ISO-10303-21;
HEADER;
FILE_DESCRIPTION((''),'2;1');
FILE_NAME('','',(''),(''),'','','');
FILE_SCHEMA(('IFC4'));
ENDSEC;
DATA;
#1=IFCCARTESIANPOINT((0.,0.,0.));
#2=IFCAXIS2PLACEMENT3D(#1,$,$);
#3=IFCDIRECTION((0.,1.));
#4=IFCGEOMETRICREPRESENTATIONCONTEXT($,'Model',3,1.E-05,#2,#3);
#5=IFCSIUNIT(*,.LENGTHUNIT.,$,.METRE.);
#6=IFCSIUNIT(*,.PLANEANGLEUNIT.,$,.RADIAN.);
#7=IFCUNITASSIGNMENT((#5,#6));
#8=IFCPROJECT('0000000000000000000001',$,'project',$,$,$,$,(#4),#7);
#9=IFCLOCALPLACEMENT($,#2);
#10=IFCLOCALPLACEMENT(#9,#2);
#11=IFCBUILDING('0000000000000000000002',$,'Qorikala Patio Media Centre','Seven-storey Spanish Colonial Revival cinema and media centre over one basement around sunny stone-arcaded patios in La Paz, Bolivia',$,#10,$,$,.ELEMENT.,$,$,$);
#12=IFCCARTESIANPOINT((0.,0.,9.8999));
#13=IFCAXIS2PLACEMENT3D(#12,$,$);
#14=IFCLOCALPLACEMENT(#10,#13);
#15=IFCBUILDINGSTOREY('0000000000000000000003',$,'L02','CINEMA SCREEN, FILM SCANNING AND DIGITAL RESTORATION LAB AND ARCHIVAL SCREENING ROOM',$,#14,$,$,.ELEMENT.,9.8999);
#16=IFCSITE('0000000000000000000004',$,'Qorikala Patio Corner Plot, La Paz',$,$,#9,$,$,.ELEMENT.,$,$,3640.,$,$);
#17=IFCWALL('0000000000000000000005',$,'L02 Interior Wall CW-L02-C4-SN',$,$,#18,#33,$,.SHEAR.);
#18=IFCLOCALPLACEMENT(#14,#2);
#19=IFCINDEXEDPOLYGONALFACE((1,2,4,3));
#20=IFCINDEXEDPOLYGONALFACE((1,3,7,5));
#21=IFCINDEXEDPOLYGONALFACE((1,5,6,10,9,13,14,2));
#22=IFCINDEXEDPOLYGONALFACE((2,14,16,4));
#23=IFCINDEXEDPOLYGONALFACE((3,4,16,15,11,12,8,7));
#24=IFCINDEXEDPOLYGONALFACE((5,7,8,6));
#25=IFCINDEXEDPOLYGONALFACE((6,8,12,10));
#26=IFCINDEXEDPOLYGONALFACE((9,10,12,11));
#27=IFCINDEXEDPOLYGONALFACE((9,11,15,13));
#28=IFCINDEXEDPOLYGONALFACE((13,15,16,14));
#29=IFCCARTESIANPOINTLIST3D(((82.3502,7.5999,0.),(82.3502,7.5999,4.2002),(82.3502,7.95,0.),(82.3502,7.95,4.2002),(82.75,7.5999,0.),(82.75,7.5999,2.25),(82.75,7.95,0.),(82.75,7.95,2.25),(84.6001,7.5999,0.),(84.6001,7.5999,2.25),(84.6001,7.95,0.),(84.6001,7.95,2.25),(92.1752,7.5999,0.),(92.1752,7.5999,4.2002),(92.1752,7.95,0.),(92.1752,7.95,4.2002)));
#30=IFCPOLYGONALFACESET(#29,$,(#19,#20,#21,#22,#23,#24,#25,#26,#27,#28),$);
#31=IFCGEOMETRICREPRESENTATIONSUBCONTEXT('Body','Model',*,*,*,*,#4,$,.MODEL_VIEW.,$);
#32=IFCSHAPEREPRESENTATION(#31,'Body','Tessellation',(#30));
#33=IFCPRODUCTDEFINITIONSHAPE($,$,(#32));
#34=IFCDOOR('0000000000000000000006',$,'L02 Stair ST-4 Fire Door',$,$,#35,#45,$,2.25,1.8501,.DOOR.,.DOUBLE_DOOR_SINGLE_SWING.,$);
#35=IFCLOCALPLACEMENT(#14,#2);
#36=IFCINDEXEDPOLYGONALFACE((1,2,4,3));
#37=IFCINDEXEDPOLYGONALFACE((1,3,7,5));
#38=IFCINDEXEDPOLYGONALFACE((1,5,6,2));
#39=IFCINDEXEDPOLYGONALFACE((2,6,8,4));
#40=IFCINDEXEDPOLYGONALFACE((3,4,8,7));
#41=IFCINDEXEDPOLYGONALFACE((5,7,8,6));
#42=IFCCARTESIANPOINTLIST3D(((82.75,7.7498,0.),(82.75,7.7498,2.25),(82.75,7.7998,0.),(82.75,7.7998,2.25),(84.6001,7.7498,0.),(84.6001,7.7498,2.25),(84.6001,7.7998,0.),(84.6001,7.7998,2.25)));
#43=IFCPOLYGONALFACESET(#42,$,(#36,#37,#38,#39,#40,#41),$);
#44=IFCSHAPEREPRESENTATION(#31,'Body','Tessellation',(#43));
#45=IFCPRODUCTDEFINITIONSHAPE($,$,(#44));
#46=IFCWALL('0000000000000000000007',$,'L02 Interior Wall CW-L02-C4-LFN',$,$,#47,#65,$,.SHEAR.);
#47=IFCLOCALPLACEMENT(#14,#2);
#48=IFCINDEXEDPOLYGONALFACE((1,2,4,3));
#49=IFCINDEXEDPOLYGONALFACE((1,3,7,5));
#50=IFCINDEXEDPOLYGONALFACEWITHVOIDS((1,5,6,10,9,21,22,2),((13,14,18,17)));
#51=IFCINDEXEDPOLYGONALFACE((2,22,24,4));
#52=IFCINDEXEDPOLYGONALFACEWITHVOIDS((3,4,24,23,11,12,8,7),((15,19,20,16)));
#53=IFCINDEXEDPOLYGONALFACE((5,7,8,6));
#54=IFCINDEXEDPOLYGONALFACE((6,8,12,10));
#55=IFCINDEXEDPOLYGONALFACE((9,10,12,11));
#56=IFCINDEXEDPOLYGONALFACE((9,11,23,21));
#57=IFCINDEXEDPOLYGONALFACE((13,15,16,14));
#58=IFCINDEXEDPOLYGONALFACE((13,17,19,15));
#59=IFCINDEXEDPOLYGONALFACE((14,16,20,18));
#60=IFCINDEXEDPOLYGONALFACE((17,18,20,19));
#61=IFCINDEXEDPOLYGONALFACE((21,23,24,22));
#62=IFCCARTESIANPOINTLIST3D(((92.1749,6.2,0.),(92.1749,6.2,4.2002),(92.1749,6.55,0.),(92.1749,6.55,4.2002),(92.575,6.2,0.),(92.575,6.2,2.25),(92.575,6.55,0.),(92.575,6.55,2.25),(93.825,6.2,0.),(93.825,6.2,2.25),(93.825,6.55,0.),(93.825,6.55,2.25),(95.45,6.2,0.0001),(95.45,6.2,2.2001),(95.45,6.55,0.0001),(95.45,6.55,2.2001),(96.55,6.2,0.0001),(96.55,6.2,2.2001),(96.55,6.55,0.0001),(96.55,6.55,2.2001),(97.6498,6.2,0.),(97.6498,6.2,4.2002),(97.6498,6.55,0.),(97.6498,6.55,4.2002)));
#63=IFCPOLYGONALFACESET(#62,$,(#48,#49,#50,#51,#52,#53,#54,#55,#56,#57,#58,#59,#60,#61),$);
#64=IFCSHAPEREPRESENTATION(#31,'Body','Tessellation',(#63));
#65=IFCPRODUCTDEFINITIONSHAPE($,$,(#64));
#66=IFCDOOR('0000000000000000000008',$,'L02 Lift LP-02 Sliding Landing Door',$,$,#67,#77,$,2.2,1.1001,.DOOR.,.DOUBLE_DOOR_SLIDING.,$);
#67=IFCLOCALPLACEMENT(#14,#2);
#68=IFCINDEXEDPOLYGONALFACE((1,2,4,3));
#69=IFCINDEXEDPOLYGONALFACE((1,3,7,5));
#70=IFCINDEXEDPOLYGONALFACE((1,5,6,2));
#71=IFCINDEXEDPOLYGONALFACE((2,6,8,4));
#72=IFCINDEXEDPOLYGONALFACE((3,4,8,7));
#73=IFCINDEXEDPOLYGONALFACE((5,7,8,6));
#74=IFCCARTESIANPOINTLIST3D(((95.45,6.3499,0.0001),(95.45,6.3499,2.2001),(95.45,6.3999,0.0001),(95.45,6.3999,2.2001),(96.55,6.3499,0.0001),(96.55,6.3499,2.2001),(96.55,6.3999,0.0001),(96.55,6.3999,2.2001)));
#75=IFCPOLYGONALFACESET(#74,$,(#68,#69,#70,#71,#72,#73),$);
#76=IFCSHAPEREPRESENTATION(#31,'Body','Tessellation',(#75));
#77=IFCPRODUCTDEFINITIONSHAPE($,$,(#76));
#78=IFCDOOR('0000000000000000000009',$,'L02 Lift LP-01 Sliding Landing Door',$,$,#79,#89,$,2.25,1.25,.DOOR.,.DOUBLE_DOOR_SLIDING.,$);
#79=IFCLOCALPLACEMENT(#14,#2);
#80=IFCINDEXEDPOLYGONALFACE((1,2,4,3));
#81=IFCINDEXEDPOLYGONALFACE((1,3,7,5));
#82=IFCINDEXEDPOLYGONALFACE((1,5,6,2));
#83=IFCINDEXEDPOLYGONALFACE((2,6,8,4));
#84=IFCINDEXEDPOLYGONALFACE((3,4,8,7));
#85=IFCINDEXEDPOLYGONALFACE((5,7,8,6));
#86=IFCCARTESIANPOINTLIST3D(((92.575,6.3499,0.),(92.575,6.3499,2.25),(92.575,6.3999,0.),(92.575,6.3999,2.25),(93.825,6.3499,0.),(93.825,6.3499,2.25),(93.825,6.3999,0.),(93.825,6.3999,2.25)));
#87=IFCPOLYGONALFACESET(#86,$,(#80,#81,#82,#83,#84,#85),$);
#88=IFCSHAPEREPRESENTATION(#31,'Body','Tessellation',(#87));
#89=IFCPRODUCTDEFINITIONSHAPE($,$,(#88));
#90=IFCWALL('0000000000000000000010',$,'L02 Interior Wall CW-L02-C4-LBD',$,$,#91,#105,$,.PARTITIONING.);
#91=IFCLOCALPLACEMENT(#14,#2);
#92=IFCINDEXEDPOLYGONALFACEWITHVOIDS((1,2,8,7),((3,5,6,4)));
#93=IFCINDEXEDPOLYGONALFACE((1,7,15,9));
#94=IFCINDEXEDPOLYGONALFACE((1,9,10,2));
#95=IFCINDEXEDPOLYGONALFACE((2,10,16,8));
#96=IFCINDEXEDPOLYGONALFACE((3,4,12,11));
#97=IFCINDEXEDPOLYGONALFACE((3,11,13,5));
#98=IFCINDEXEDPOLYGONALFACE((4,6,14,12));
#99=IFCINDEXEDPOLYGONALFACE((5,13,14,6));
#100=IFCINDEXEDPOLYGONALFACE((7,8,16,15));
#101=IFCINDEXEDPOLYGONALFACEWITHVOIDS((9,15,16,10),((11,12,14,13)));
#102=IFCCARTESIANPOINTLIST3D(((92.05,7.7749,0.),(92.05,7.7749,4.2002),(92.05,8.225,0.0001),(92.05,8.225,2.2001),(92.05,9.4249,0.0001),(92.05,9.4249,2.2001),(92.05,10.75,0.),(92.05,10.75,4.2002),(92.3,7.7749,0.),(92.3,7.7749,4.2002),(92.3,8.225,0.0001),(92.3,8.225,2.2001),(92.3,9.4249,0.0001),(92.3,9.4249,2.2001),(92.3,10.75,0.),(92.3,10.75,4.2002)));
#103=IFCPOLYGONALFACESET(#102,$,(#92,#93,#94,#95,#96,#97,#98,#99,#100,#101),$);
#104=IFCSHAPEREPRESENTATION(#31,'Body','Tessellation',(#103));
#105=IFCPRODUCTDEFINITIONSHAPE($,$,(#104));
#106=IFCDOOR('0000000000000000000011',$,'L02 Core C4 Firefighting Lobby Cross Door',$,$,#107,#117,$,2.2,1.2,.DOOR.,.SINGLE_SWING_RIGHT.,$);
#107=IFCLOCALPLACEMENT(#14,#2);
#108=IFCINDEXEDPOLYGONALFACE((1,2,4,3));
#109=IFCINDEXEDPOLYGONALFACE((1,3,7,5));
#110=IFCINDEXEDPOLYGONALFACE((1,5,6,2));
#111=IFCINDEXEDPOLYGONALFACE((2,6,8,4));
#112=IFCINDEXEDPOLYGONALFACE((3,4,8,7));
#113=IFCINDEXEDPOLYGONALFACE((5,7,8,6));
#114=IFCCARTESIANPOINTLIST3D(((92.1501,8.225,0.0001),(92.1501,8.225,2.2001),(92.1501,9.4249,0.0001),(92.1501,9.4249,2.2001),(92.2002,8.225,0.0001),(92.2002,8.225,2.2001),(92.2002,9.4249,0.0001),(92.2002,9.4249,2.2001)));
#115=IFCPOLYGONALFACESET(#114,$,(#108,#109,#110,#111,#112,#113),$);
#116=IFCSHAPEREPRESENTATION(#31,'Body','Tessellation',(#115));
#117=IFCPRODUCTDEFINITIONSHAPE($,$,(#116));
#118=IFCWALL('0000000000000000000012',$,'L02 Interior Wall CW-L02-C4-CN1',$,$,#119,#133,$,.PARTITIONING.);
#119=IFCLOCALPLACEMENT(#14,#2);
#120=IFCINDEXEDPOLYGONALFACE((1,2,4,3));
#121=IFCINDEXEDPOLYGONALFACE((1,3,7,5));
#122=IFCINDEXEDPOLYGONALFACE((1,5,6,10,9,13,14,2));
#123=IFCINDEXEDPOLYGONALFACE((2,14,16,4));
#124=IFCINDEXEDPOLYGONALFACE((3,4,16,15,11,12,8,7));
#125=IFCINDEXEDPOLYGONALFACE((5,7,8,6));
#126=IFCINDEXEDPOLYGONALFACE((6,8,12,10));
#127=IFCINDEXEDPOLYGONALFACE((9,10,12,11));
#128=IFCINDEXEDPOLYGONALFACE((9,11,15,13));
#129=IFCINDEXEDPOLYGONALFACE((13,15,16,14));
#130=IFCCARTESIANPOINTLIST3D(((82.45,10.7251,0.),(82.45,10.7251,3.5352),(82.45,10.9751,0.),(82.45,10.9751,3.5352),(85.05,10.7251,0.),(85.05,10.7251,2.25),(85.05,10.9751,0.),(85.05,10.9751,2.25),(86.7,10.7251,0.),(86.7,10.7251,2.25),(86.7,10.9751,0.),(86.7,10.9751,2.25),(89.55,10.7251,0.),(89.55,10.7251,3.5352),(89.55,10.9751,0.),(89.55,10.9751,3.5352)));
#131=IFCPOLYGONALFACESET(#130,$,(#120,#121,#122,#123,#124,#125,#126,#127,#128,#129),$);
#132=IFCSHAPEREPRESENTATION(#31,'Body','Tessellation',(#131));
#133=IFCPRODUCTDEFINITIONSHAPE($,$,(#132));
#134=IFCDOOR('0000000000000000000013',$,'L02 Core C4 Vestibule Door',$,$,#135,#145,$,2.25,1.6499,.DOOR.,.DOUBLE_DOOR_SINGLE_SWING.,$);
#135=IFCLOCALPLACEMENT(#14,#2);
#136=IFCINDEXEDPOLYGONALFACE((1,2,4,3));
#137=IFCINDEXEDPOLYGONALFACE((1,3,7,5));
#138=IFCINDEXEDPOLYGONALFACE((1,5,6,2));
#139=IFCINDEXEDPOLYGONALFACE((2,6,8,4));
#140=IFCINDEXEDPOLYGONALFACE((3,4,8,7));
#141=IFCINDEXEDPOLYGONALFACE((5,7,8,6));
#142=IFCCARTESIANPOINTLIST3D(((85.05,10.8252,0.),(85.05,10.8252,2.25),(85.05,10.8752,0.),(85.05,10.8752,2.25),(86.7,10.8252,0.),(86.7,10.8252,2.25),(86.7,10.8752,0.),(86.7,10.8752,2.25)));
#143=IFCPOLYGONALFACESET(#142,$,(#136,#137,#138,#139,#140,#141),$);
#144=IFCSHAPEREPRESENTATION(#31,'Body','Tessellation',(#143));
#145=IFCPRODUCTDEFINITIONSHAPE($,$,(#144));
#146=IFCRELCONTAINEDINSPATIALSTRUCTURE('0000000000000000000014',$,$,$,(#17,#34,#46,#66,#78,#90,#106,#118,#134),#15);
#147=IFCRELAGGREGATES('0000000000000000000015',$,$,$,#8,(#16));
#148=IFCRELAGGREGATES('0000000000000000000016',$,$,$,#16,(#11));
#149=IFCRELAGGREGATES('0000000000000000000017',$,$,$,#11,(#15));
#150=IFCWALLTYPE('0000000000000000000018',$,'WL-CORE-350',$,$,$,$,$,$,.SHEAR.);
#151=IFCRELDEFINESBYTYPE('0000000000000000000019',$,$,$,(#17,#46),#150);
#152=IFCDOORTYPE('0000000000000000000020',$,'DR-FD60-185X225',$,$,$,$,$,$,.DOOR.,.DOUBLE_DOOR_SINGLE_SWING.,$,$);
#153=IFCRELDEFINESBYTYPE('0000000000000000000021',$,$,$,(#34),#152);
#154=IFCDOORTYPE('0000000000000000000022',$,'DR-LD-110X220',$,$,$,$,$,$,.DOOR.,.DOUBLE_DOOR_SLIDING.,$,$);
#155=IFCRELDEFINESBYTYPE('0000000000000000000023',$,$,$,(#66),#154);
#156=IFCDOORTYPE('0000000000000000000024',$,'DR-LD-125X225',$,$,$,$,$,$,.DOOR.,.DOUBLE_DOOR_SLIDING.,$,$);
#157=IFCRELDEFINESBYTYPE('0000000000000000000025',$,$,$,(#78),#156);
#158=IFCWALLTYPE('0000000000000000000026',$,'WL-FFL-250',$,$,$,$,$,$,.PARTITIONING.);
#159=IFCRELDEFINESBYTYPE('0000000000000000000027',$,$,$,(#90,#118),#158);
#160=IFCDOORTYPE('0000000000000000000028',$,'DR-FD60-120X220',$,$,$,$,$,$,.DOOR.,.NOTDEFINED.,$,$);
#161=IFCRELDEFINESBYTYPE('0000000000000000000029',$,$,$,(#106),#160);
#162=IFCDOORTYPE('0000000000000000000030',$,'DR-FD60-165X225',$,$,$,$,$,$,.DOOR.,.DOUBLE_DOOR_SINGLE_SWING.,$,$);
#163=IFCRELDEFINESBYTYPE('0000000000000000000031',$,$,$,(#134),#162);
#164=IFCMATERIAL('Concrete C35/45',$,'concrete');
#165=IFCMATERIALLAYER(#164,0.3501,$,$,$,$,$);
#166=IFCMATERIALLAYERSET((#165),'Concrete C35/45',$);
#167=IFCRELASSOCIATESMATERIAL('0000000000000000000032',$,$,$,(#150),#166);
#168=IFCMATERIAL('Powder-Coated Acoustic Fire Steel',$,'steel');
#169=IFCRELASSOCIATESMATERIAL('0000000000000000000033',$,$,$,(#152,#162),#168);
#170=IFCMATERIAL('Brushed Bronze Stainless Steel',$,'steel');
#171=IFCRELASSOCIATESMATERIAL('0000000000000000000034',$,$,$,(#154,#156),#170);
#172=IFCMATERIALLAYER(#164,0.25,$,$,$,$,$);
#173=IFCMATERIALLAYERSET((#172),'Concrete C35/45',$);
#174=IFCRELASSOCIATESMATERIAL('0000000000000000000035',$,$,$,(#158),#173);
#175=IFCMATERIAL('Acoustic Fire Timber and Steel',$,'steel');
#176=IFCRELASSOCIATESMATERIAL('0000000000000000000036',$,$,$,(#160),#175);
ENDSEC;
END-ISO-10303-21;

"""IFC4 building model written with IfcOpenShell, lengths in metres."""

from ifc_helpers import new_model, si_unit, direction, frame, frame_2d, origin, place, context, subcontext, project, spatial, rectangle, extrude, material, layer, layer_set, type_object, element, fill, save


model = new_model("IFC4")

# Units and contexts
model_context = context("Model", 3, precision=1e-05, world=origin(), true_north=direction((0.0, 1.0)))
body_context = subcontext(model_context, "Body", "Model", "MODEL_VIEW")
ifc_project = project(units=[si_unit("LENGTHUNIT", "METRE"), si_unit("PLANEANGLEUNIT", "RADIAN")], contexts=[model_context])

# Site, building, storey
site_placement = place(None, origin())
site = spatial("IfcSite", under=ifc_project, at=site_placement, Name="Qorikala Patio Corner Plot, La Paz", CompositionType="ELEMENT", RefElevation=3640.0)
building_placement = place(site_placement, origin())
building = spatial("IfcBuilding", under=site, at=building_placement, Name="Qorikala Patio Media Centre", Description="Seven-storey Spanish Colonial Revival cinema and media centre over one basement around sunny stone-arcaded patios in La Paz, Bolivia", CompositionType="ELEMENT")
storey_placement = place(building_placement, frame((0.0, 0.0, 9.8999)))
storey = spatial("IfcBuildingStorey", under=building, at=storey_placement, Name="L02", Description="CINEMA SCREEN, FILM SCANNING AND DIGITAL RESTORATION LAB AND ARCHIVAL SCREENING ROOM", CompositionType="ELEMENT", Elevation=9.8999)

# Shared definitions
ifc_material_1 = material(Name="Concrete C35/45", Category="concrete")

# Shared definitions
ifc_layer_1 = layer(ifc_material_1, 0.3501)
ifc_layer_set_1 = layer_set([ifc_layer_1], Name="Concrete C35/45")
wall_type_1 = type_object("IfcWallType", Name="WL-CORE-350", PredefinedType="SHEAR", material=ifc_layer_set_1)

# Wall, opening, door
wall_1_placement = place(storey_placement, frame((82.3501, 7.7749, 0.0), z_axis=(0.0, 0.0, 1.0), x_axis=(1.0, 0.0, 0.0)))
wall_1 = element("IfcWall", 1, at=wall_1_placement, inside=storey, type_object=wall_type_1, Name="L02 Interior Wall CW-L02-C4-SN", PredefinedType="SHEAR", context=body_context, shape_type="SweptSolid", body=[
    extrude(rectangle(XDim=9.825, YDim=0.3501, at=frame_2d((4.9126, 0.0))), origin(), (0.0, 0.0, 1.0), 4.2002),
])
opening_1_placement = place(wall_1_placement, frame((0.3999, 0.0, 0.0)))
opening_1 = element("IfcOpeningElement", 2, at=opening_1_placement, cuts=wall_1, PredefinedType="OPENING", context=body_context, shape_type="SweptSolid", body=[
    extrude(rectangle(XDim=1.8501, YDim=2.25, at=frame_2d((0.925, 1.125))), frame((0.0, 0.1851, 0.0), z_axis=(0.0, -1.0, 0.0), x_axis=(1.0, 0.0, 0.0)), (0.0, 0.0, 1.0), 0.3701),
])
ifc_material_2 = material(Name="Powder-Coated Acoustic Fire Steel", Category="steel")
door_type_1 = type_object("IfcDoorType", Name="DR-FD60-185X225", OperationType="DOUBLE_DOOR_SINGLE_SWING", PredefinedType="DOOR", material=ifc_material_2)
door_1_placement = place(opening_1_placement, origin())
door_1 = element("IfcDoor", 3, at=door_1_placement, inside=storey, type_object=door_type_1, Name="L02 Stair ST-4 Fire Door", OperationType="DOUBLE_DOOR_SINGLE_SWING", OverallHeight=2.25, OverallWidth=1.8501, PredefinedType="DOOR", context=body_context, shape_type="SweptSolid", body=[
    extrude(rectangle(XDim=1.8501, YDim=2.25, at=frame_2d((0.925, 1.125))), frame((0.0, 0.0249, 0.0), z_axis=(0.0, -1.0, 0.0), x_axis=(1.0, 0.0, 0.0)), (0.0, 0.0, 1.0), 0.05),
])
fill(opening_1, door_1)

# Wall, openings, doors
wall_2_placement = place(storey_placement, frame((92.175, 6.375, 0.0), z_axis=(0.0, 0.0, 1.0), x_axis=(1.0, 0.0, 0.0)))
wall_2 = element("IfcWall", 4, at=wall_2_placement, inside=storey, type_object=wall_type_1, Name="L02 Interior Wall CW-L02-C4-LFN", PredefinedType="SHEAR", context=body_context, shape_type="SweptSolid", body=[
    extrude(rectangle(XDim=5.4749, YDim=0.3501, at=frame_2d((2.7373, 0.0))), origin(), (0.0, 0.0, 1.0), 4.2002),
])
opening_2_placement = place(wall_2_placement, frame((0.3999, 0.0, 0.0)))
opening_2 = element("IfcOpeningElement", 5, at=opening_2_placement, cuts=wall_2, PredefinedType="OPENING", context=body_context, shape_type="SweptSolid", body=[
    extrude(rectangle(XDim=1.25, YDim=2.25, at=frame_2d((0.625, 1.125))), frame((0.0, 0.1851, 0.0), z_axis=(0.0, -1.0, 0.0), x_axis=(1.0, 0.0, 0.0)), (0.0, 0.0, 1.0), 0.3701),
])
opening_3_placement = place(wall_2_placement, frame((3.2749, 0.0, 0.0)))
opening_3 = element("IfcOpeningElement", 6, at=opening_3_placement, cuts=wall_2, PredefinedType="OPENING", context=body_context, shape_type="SweptSolid", body=[
    extrude(rectangle(XDim=1.1001, YDim=2.2, at=frame_2d((0.55, 1.1001))), frame((0.0, 0.1851, 0.0), z_axis=(0.0, -1.0, 0.0), x_axis=(1.0, 0.0, 0.0)), (0.0, 0.0, 1.0), 0.3701),
])
ifc_material_3 = material(Name="Brushed Bronze Stainless Steel", Category="steel")
door_type_2 = type_object("IfcDoorType", Name="DR-LD-110X220", OperationType="DOUBLE_DOOR_SLIDING", PredefinedType="DOOR", material=ifc_material_3)
door_2_placement = place(opening_3_placement, origin())
door_2 = element("IfcDoor", 7, at=door_2_placement, inside=storey, type_object=door_type_2, Name="L02 Lift LP-02 Sliding Landing Door", OperationType="DOUBLE_DOOR_SLIDING", OverallHeight=2.2, OverallWidth=1.1001, PredefinedType="DOOR", context=body_context, shape_type="SweptSolid", body=[
    extrude(rectangle(XDim=1.1001, YDim=2.2, at=frame_2d((0.55, 1.1001))), frame((0.0, 0.0249, 0.0), z_axis=(0.0, -1.0, 0.0), x_axis=(1.0, 0.0, 0.0)), (0.0, 0.0, 1.0), 0.05),
])
fill(opening_3, door_2)
door_type_3 = type_object("IfcDoorType", Name="DR-LD-125X225", OperationType="DOUBLE_DOOR_SLIDING", PredefinedType="DOOR", material=ifc_material_3)
door_3_placement = place(opening_2_placement, origin())
door_3 = element("IfcDoor", 8, at=door_3_placement, inside=storey, type_object=door_type_3, Name="L02 Lift LP-01 Sliding Landing Door", OperationType="DOUBLE_DOOR_SLIDING", OverallHeight=2.25, OverallWidth=1.25, PredefinedType="DOOR", context=body_context, shape_type="SweptSolid", body=[
    extrude(rectangle(XDim=1.25, YDim=2.25, at=frame_2d((0.625, 1.125))), frame((0.0, 0.0249, 0.0), z_axis=(0.0, -1.0, 0.0), x_axis=(1.0, 0.0, 0.0)), (0.0, 0.0, 1.0), 0.05),
])
fill(opening_2, door_3)

# Walls, openings, doors
ifc_layer_2 = layer(ifc_material_1, 0.25)
ifc_layer_set_2 = layer_set([ifc_layer_2], Name="Concrete C35/45")
wall_type_2 = type_object("IfcWallType", Name="WL-FFL-250", PredefinedType="PARTITIONING", material=ifc_layer_set_2)
wall_3_placement = place(storey_placement, frame((92.175, 7.7749, 0.0), z_axis=(0.0, 0.0, 1.0), x_axis=(0.0, 1.0, 0.0)))
wall_3 = element("IfcWall", 9, at=wall_3_placement, inside=storey, type_object=wall_type_2, Name="L02 Interior Wall CW-L02-C4-LBD", PredefinedType="PARTITIONING", context=body_context, shape_type="SweptSolid", body=[
    extrude(rectangle(XDim=2.9751, YDim=0.25, at=frame_2d((1.4875, 0.0))), origin(), (0.0, 0.0, 1.0), 4.2002),
])
opening_4_placement = place(wall_3_placement, frame((0.45, 0.0, 0.0)))
opening_4 = element("IfcOpeningElement", 10, at=opening_4_placement, cuts=wall_3, PredefinedType="OPENING", context=body_context, shape_type="SweptSolid", body=[
    extrude(rectangle(XDim=1.2, YDim=2.2, at=frame_2d((0.6001, 1.1001))), frame((0.0, 0.135, 0.0), z_axis=(0.0, -1.0, 0.0), x_axis=(1.0, 0.0, 0.0)), (0.0, 0.0, 1.0), 0.27),
])
ifc_material_4 = material(Name="Acoustic Fire Timber and Steel", Category="steel")
door_type_4 = type_object("IfcDoorType", Name="DR-FD60-120X220", OperationType="NOTDEFINED", PredefinedType="DOOR", material=ifc_material_4)
door_4_placement = place(opening_4_placement, origin())
door_4 = element("IfcDoor", 11, at=door_4_placement, inside=storey, type_object=door_type_4, Name="L02 Core C4 Firefighting Lobby Cross Door", OperationType="SINGLE_SWING_RIGHT", OverallHeight=2.2, OverallWidth=1.2, PredefinedType="DOOR", context=body_context, shape_type="SweptSolid", body=[
    extrude(rectangle(XDim=1.2, YDim=2.2, at=frame_2d((0.6001, 1.1001))), frame((0.0, 0.0249, 0.0), z_axis=(0.0, -1.0, 0.0), x_axis=(1.0, 0.0, 0.0)), (0.0, 0.0, 1.0), 0.05),
])
fill(opening_4, door_4)
wall_4_placement = place(storey_placement, frame((82.45, 10.8501, 0.0), z_axis=(0.0, 0.0, 1.0), x_axis=(1.0, 0.0, 0.0)))
wall_4 = element("IfcWall", 12, at=wall_4_placement, inside=storey, type_object=wall_type_2, Name="L02 Interior Wall CW-L02-C4-CN1", PredefinedType="PARTITIONING", context=body_context, shape_type="SweptSolid", body=[
    extrude(rectangle(XDim=7.1001, YDim=0.25, at=frame_2d((3.55, 0.0))), origin(), (0.0, 0.0, 1.0), 3.5352),
])
opening_5_placement = place(wall_4_placement, frame((2.6001, 0.0, 0.0)))
opening_5 = element("IfcOpeningElement", 13, at=opening_5_placement, cuts=wall_4, PredefinedType="OPENING", context=body_context, shape_type="SweptSolid", body=[
    extrude(rectangle(XDim=1.6499, YDim=2.25, at=frame_2d((0.825, 1.125))), frame((0.0, 0.135, 0.0), z_axis=(0.0, -1.0, 0.0), x_axis=(1.0, 0.0, 0.0)), (0.0, 0.0, 1.0), 0.27),
])
door_type_5 = type_object("IfcDoorType", Name="DR-FD60-165X225", OperationType="DOUBLE_DOOR_SINGLE_SWING", PredefinedType="DOOR", material=ifc_material_2)
door_5_placement = place(opening_5_placement, frame((1.6499, 0.0, 0.0), z_axis=(0.0, 0.0, 1.0), x_axis=(-1.0, 0.0, 0.0)))
door_5 = element("IfcDoor", 14, at=door_5_placement, inside=storey, type_object=door_type_5, Name="L02 Core C4 Vestibule Door", OperationType="DOUBLE_DOOR_SINGLE_SWING", OverallHeight=2.25, OverallWidth=1.6499, PredefinedType="DOOR", context=body_context, shape_type="SweptSolid", body=[
    extrude(rectangle(XDim=1.6499, YDim=2.25, at=frame_2d((0.825, 1.125))), frame((0.0, 0.0249, 0.0), z_axis=(0.0, -1.0, 0.0), x_axis=(1.0, 0.0, 0.0)), (0.0, 0.0, 1.0), 0.05),
])
fill(opening_5, door_5)

save(model, "model.ifc")
